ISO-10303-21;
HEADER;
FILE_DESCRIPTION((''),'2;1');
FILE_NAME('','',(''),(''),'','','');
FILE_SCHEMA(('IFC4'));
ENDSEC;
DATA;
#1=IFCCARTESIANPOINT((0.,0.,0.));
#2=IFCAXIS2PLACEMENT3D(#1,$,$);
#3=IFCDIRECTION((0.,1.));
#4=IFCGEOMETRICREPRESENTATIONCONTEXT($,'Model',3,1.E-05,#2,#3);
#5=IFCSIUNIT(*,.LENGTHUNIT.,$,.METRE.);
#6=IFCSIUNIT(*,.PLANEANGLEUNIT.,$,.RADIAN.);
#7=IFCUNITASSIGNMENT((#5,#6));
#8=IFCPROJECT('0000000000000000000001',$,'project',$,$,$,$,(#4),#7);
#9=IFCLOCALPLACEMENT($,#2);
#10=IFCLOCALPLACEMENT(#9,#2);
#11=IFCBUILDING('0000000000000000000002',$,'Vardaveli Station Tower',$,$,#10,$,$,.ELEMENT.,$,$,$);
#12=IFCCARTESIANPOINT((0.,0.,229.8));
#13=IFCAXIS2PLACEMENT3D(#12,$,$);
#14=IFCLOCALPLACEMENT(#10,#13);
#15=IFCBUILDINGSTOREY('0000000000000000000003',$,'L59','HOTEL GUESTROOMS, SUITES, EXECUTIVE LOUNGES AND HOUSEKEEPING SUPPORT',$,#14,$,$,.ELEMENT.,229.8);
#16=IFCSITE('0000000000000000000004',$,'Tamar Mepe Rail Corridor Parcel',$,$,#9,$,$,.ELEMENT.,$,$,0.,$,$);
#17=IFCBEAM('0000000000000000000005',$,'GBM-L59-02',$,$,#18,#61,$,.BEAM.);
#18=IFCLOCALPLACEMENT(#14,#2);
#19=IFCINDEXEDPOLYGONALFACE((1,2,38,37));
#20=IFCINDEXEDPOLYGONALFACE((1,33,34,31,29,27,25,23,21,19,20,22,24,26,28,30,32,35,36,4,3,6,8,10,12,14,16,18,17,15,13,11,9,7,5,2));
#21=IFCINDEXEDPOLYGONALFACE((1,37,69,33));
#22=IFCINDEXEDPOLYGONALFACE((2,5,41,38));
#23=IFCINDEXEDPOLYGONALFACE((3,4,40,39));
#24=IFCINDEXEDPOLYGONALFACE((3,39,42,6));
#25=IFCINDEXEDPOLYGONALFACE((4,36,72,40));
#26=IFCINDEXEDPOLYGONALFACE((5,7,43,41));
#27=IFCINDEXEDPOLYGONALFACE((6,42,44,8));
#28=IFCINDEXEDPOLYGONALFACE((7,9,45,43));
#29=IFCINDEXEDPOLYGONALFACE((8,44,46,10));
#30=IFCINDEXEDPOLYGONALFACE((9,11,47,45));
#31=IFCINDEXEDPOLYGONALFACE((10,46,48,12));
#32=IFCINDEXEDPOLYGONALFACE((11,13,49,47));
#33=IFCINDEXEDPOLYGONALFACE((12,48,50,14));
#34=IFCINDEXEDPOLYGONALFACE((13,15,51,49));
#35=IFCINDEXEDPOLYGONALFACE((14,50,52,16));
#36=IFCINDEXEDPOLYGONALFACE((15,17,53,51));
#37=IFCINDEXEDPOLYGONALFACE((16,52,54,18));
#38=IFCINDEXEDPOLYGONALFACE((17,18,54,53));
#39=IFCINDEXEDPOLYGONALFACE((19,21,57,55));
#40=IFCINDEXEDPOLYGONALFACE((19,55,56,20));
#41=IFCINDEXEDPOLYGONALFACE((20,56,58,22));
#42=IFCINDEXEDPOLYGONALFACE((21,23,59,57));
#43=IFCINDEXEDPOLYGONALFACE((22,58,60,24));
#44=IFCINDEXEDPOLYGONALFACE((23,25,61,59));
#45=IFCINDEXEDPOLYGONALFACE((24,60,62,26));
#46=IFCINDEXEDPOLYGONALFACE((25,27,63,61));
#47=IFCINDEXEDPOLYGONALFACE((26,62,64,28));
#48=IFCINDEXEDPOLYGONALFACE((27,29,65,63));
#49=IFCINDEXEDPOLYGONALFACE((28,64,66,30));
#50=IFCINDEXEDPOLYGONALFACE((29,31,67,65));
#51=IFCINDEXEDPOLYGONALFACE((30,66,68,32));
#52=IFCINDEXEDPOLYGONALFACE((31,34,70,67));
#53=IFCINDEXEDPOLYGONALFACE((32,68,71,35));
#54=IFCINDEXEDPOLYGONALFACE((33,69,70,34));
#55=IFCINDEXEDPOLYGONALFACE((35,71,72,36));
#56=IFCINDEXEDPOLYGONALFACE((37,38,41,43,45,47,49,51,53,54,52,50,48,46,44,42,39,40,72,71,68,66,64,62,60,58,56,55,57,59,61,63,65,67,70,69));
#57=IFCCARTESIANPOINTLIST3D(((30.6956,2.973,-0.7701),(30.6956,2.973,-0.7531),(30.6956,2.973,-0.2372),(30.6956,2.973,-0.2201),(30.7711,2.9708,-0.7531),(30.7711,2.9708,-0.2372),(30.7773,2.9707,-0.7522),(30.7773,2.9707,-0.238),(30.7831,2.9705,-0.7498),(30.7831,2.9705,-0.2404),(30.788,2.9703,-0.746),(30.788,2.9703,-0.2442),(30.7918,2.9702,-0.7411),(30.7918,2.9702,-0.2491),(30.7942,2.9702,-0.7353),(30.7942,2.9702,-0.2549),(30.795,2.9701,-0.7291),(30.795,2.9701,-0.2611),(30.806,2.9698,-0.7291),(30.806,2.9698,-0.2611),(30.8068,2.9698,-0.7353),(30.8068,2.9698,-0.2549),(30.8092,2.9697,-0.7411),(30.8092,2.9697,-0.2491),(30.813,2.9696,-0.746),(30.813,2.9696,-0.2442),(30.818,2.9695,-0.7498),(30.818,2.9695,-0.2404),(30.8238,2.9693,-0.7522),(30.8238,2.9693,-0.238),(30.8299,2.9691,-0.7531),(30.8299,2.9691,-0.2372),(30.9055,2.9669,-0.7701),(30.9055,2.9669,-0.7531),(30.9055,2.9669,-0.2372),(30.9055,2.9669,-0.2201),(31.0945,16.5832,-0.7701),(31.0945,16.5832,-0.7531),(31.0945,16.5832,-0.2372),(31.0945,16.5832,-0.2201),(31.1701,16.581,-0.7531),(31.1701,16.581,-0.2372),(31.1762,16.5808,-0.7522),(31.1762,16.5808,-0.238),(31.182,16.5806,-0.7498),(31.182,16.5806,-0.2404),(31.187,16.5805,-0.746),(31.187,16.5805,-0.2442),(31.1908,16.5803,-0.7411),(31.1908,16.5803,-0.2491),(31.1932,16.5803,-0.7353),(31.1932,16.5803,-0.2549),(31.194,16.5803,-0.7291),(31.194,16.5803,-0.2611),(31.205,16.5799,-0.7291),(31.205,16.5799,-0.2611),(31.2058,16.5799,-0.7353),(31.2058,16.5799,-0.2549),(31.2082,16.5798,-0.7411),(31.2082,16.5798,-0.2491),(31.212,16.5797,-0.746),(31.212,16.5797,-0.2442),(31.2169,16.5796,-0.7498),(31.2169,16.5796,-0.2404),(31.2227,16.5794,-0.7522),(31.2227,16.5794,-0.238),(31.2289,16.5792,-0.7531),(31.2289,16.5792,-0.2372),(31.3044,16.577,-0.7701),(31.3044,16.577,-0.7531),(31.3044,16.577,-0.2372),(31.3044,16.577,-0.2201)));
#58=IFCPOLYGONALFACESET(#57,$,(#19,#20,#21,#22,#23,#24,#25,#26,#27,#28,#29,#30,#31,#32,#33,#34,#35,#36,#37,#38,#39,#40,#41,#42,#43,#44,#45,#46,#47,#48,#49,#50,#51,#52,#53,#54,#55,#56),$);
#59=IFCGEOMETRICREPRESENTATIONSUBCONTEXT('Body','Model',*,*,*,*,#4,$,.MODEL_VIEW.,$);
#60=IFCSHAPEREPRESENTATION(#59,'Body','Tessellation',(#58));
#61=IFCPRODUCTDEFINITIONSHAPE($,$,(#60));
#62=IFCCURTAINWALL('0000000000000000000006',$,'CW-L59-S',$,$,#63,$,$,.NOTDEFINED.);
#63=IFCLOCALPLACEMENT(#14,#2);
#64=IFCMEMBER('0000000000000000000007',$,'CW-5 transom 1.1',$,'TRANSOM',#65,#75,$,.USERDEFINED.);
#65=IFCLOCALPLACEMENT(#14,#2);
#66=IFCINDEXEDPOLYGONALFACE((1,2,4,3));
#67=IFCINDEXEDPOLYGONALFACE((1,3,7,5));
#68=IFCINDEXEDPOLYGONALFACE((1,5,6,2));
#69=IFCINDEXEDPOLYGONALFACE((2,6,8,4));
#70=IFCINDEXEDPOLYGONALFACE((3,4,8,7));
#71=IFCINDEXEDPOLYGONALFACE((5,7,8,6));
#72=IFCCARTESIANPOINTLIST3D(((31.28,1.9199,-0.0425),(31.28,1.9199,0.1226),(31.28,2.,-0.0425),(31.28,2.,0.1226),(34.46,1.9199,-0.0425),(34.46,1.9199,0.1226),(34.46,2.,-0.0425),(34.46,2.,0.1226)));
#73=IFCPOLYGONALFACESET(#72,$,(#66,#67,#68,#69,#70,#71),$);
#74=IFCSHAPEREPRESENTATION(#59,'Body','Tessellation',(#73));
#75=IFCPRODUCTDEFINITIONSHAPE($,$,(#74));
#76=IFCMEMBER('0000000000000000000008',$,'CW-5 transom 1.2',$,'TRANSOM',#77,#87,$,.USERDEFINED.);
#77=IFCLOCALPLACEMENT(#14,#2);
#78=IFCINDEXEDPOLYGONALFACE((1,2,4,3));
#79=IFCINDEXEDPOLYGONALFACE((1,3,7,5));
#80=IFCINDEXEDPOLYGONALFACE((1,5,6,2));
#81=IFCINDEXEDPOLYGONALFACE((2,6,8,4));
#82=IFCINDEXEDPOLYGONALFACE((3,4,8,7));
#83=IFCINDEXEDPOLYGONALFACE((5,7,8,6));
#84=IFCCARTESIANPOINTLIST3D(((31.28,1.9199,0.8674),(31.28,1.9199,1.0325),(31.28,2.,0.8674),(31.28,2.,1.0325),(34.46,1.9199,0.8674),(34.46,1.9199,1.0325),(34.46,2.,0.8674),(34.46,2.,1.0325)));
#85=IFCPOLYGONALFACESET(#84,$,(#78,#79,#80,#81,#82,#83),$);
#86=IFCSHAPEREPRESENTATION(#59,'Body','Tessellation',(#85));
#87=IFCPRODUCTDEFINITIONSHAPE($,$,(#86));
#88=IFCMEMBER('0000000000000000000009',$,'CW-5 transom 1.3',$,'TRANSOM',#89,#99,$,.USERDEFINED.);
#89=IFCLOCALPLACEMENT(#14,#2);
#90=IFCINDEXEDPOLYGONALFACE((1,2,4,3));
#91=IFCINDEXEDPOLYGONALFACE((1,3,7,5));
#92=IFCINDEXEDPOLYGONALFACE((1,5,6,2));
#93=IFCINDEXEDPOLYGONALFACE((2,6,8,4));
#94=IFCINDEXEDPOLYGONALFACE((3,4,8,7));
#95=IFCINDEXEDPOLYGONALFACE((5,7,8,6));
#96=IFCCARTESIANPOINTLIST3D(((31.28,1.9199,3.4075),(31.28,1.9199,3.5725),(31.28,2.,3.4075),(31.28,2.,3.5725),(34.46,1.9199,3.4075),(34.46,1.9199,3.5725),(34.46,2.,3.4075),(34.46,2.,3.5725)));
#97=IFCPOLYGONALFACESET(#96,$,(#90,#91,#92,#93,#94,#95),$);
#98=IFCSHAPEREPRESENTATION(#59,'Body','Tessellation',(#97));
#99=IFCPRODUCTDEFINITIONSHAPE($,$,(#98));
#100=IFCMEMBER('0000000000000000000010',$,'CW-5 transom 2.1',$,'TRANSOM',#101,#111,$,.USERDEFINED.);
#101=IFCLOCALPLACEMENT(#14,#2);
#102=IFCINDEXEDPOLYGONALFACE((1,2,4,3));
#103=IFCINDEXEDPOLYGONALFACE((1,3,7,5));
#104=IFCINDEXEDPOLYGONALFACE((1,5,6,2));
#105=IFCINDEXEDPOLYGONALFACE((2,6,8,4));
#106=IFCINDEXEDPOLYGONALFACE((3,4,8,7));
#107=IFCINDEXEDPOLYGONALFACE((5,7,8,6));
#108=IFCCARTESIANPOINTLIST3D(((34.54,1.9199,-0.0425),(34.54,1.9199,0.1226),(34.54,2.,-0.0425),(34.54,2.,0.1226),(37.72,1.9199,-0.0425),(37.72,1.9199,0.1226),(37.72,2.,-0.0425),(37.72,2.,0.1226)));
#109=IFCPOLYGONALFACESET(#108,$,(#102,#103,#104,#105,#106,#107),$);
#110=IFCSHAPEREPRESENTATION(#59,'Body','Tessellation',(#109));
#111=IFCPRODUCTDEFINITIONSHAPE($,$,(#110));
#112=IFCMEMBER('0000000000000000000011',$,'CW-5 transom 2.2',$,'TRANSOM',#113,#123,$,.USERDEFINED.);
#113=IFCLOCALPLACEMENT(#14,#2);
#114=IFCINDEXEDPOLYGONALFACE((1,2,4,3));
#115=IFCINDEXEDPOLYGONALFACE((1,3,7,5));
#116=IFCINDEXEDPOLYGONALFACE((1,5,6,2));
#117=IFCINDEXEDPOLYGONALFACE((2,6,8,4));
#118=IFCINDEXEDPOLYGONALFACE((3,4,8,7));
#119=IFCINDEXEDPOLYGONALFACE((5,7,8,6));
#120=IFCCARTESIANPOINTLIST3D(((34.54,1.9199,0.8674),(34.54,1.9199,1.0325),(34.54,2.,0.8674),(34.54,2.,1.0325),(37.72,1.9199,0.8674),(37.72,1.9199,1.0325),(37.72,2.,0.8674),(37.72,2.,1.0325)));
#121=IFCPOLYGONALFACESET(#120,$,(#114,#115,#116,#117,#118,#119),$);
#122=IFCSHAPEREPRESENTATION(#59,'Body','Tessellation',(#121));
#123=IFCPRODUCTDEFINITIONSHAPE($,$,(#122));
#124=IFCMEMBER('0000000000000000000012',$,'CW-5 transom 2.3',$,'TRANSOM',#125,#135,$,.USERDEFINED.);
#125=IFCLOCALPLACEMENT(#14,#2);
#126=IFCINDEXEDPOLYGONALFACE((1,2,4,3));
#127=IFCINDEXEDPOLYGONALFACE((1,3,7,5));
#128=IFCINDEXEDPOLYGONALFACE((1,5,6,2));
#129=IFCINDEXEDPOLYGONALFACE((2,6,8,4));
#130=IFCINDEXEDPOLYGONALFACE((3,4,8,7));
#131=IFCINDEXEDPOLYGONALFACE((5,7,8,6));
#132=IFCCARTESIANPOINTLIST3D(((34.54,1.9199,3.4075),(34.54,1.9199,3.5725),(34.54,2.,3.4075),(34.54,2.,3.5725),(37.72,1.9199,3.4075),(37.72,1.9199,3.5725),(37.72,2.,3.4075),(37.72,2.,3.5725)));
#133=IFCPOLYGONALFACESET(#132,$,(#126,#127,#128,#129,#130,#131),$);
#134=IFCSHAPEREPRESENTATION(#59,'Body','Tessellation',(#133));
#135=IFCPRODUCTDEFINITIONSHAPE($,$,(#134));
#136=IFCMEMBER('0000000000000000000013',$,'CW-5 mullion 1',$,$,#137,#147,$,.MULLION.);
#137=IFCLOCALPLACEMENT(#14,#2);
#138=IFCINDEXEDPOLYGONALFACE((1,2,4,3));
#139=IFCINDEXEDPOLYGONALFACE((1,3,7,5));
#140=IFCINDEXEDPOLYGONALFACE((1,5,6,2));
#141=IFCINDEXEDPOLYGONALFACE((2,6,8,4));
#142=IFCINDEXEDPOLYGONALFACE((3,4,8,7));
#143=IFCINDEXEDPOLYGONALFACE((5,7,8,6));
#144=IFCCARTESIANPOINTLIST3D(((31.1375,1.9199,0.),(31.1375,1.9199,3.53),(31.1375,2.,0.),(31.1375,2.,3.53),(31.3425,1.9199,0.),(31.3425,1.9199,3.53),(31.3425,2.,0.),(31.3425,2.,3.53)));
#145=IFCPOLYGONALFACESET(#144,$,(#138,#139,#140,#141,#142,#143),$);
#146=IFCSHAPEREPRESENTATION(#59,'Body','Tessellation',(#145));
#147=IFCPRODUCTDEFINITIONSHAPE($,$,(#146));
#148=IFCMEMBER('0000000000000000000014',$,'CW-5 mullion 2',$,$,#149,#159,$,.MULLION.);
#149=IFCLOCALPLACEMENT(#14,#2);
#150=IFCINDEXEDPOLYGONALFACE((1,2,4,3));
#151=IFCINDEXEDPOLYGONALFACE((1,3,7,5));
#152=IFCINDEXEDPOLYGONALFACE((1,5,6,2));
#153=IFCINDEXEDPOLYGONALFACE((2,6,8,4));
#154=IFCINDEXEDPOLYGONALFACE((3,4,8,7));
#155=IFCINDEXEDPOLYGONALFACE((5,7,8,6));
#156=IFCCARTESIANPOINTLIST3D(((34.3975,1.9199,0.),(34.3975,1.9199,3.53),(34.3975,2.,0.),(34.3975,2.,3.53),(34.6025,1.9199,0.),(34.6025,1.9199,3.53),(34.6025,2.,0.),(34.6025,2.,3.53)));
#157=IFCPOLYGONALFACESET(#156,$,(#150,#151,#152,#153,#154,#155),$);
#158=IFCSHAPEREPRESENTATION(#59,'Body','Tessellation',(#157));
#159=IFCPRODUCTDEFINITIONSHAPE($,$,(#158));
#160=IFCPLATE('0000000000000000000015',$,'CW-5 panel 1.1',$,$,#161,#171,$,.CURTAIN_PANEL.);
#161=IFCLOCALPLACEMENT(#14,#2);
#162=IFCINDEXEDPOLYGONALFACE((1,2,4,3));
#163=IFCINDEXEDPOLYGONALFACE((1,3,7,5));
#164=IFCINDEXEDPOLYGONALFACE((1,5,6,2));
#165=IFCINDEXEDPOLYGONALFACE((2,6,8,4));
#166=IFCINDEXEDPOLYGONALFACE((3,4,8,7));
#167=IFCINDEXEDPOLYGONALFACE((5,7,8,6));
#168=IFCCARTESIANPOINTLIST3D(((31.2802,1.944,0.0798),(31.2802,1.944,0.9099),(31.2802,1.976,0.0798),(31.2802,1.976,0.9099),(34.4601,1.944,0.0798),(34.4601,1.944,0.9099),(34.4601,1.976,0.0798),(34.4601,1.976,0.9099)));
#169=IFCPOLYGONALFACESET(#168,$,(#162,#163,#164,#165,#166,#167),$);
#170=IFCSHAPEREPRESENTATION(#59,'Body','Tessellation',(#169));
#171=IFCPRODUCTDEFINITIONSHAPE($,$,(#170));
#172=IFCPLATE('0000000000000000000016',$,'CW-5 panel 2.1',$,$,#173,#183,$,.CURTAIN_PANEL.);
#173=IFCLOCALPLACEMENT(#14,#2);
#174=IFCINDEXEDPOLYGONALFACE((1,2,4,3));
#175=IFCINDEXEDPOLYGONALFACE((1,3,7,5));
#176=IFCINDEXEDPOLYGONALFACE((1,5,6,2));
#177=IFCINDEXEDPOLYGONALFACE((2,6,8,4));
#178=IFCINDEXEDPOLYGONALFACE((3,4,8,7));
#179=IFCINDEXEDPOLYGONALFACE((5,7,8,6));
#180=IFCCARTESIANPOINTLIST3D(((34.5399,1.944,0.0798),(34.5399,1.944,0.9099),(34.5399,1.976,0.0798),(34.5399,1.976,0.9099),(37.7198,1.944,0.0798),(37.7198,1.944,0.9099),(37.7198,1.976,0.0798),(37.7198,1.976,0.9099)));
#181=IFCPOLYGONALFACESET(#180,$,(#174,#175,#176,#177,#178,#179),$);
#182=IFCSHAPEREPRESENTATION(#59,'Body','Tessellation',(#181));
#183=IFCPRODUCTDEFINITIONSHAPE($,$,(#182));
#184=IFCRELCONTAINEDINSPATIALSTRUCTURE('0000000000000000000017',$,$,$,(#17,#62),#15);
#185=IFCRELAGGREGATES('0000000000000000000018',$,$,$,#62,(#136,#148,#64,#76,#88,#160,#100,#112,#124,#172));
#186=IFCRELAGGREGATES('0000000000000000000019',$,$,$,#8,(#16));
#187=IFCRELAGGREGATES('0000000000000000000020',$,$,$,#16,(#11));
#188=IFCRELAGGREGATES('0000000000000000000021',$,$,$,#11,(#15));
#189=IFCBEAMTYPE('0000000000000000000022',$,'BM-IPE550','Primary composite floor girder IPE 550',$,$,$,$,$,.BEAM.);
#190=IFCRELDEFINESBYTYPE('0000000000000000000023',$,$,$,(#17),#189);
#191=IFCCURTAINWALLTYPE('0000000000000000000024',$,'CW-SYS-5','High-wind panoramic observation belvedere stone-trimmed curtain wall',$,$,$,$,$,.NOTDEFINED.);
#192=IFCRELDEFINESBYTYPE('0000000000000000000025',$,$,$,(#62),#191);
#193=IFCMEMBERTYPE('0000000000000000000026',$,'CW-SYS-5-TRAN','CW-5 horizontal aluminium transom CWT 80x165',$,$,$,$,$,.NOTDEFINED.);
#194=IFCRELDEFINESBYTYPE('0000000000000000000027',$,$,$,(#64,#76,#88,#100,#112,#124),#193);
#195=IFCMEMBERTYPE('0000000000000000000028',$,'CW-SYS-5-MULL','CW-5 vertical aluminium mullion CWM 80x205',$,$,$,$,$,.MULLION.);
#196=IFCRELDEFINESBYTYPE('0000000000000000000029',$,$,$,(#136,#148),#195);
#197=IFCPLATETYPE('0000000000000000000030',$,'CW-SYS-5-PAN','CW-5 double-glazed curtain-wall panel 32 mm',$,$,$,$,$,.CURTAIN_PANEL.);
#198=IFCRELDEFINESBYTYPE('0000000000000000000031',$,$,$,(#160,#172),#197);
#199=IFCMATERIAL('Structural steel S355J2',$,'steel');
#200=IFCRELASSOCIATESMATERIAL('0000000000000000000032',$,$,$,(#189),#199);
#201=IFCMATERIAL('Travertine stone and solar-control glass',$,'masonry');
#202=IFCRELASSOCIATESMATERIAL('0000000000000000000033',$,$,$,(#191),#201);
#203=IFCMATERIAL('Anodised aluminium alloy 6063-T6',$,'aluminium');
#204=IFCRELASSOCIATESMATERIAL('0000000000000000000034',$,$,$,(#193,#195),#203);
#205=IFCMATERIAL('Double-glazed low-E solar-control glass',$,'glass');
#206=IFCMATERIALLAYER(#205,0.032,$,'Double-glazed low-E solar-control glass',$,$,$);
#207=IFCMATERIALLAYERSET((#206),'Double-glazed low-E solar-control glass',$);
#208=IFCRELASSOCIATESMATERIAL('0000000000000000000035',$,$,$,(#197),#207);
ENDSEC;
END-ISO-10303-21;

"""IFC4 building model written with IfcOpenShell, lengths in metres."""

from ifc_helpers import new_model, si_unit, direction, frame, origin, origin_2d, place, context, subcontext, project, spatial, rectangle, i_section, extrude, source, transform, mapped, material, layer, layer_set, material_profile, profile_set, type_object, element, aggregate, save


model = new_model("IFC4")

# Units and contexts
model_context = context("Model", 3, precision=1e-05, world=origin(), true_north=direction((0.0, 1.0)))
body_context = subcontext(model_context, "Body", "Model", "MODEL_VIEW")
ifc_project = project(units=[si_unit("LENGTHUNIT", "METRE"), si_unit("PLANEANGLEUNIT", "RADIAN")], contexts=[model_context])

# Site, building, storey
site_placement = place(None, origin())
site = spatial("IfcSite", under=ifc_project, at=site_placement, Name="Tamar Mepe Rail Corridor Parcel", CompositionType="ELEMENT", RefElevation=0.0)
building_placement = place(site_placement, origin())
building = spatial("IfcBuilding", under=site, at=building_placement, Name="Vardaveli Station Tower", CompositionType="ELEMENT")
storey_placement = place(building_placement, frame((0.0, 0.0, 229.8)))
storey = spatial("IfcBuildingStorey", under=building, at=storey_placement, Name="L59", Description="HOTEL GUESTROOMS, SUITES, EXECUTIVE LOUNGES AND HOUSEKEEPING SUPPORT", CompositionType="ELEMENT", Elevation=229.8)

# Beam
ifc_material_1 = material(Name="Structural steel S355J2", Category="steel")
ifc_material_profile_1 = material_profile(ifc_material_1, i_section(OverallWidth=0.21, OverallDepth=0.55, WebThickness=0.011, FlangeThickness=0.0171, FilletRadius=0.0239, at=origin_2d()), Name="IPE 550")
ifc_profile_set_1 = profile_set([ifc_material_profile_1], Name="Structural steel S355J2")
beam_type_1 = type_object("IfcBeamType", Name="BM-IPE550", Description="Primary composite floor girder IPE 550", PredefinedType="BEAM", material=ifc_profile_set_1)
shared_shape_1 = source(origin(), body_context, "Body", "SweptSolid", [
    extrude(i_section(OverallWidth=0.21, OverallDepth=0.55, WebThickness=0.011, FlangeThickness=0.0171, FilletRadius=0.0239, at=origin_2d()), origin(), (0.0, 0.0, 1.0), 13.616),
])
beam_1_placement = place(storey_placement, frame((30.8005, 2.97, -0.4951), z_axis=(0.029298, 0.999571, 0.0), x_axis=(-0.999571, 0.029298, 0.0)))
element("IfcBeam", 1, at=beam_1_placement, inside=storey, type_object=beam_type_1, Name="GBM-L59-02", PredefinedType="BEAM", context=body_context, shape_type="MappedRepresentation", body=[
    mapped(shared_shape_1, transform((0.0, 0.0, 0.0), scale=1.0)),
])

# Curtain wall, members, plates
ifc_material_2 = material(Name="Travertine stone and solar-control glass", Category="masonry")
curtain_wall_type = type_object("IfcCurtainWallType", Name="CW-SYS-5", Description="High-wind panoramic observation belvedere stone-trimmed curtain wall", PredefinedType="NOTDEFINED", material=ifc_material_2)
curtain_wall_placement = place(storey_placement, origin())
curtain_wall = element("IfcCurtainWall", 2, at=curtain_wall_placement, inside=storey, type_object=curtain_wall_type, Name="CW-L59-S", PredefinedType="NOTDEFINED")
ifc_material_3 = material(Name="Anodised aluminium alloy 6063-T6", Category="aluminium")
ifc_material_profile_2 = material_profile(ifc_material_3, rectangle(XDim=0.0801, YDim=0.165, at=origin_2d()), Name="CWT 80x165")
ifc_profile_set_2 = profile_set([ifc_material_profile_2], Name="Anodised aluminium alloy 6063-T6")
member_type_1 = type_object("IfcMemberType", Name="CW-SYS-5-TRAN", Description="CW-5 horizontal aluminium transom CWT 80x165", PredefinedType="NOTDEFINED", material=ifc_profile_set_2)
shared_shape_2 = source(origin(), body_context, "Body", "SweptSolid", [
    extrude(rectangle(XDim=0.0801, YDim=0.165, at=origin_2d()), origin(), (0.0, 0.0, 1.0), 3.1799),
])
member_1_placement = place(storey_placement, frame((31.28, 1.96, 0.04), z_axis=(1.0, 0.0, 0.0), x_axis=(0.0, 1.0, 0.0)))
member_1 = element("IfcMember", 3, at=member_1_placement, type_object=member_type_1, Name="CW-5 transom 1.1", ObjectType="TRANSOM", PredefinedType="USERDEFINED", context=body_context, shape_type="MappedRepresentation", body=[
    mapped(shared_shape_2, transform((0.0, 0.0, 0.0), scale=1.0)),
])
member_2_placement = place(storey_placement, frame((31.28, 1.96, 0.95), z_axis=(1.0, 0.0, 0.0), x_axis=(0.0, 1.0, 0.0)))
member_2 = element("IfcMember", 4, at=member_2_placement, type_object=member_type_1, Name="CW-5 transom 1.2", ObjectType="TRANSOM", PredefinedType="USERDEFINED", context=body_context, shape_type="MappedRepresentation", body=[
    mapped(shared_shape_2, transform((0.0, 0.0, 0.0), scale=1.0)),
])
member_3_placement = place(storey_placement, frame((31.28, 1.96, 3.49), z_axis=(1.0, 0.0, 0.0), x_axis=(0.0, 1.0, 0.0)))
member_3 = element("IfcMember", 5, at=member_3_placement, type_object=member_type_1, Name="CW-5 transom 1.3", ObjectType="TRANSOM", PredefinedType="USERDEFINED", context=body_context, shape_type="MappedRepresentation", body=[
    mapped(shared_shape_2, transform((0.0, 0.0, 0.0), scale=1.0)),
])
member_4_placement = place(storey_placement, frame((34.54, 1.96, 0.04), z_axis=(1.0, 0.0, 0.0), x_axis=(0.0, 1.0, 0.0)))
member_4 = element("IfcMember", 6, at=member_4_placement, type_object=member_type_1, Name="CW-5 transom 2.1", ObjectType="TRANSOM", PredefinedType="USERDEFINED", context=body_context, shape_type="MappedRepresentation", body=[
    mapped(shared_shape_2, transform((0.0, 0.0, 0.0), scale=1.0)),
])
member_5_placement = place(storey_placement, frame((34.54, 1.96, 0.95), z_axis=(1.0, 0.0, 0.0), x_axis=(0.0, 1.0, 0.0)))
member_5 = element("IfcMember", 7, at=member_5_placement, type_object=member_type_1, Name="CW-5 transom 2.2", ObjectType="TRANSOM", PredefinedType="USERDEFINED", context=body_context, shape_type="MappedRepresentation", body=[
    mapped(shared_shape_2, transform((0.0, 0.0, 0.0), scale=1.0)),
])
member_6_placement = place(storey_placement, frame((34.54, 1.96, 3.49), z_axis=(1.0, 0.0, 0.0), x_axis=(0.0, 1.0, 0.0)))
member_6 = element("IfcMember", 8, at=member_6_placement, type_object=member_type_1, Name="CW-5 transom 2.3", ObjectType="TRANSOM", PredefinedType="USERDEFINED", context=body_context, shape_type="MappedRepresentation", body=[
    mapped(shared_shape_2, transform((0.0, 0.0, 0.0), scale=1.0)),
])
ifc_material_profile_3 = material_profile(ifc_material_3, rectangle(XDim=0.0801, YDim=0.2051, at=origin_2d()), Name="CWM 80x205")
ifc_profile_set_3 = profile_set([ifc_material_profile_3], Name="Anodised aluminium alloy 6063-T6")
member_type_2 = type_object("IfcMemberType", Name="CW-SYS-5-MULL", Description="CW-5 vertical aluminium mullion CWM 80x205", PredefinedType="MULLION", material=ifc_profile_set_3)
shared_shape_3 = source(origin(), body_context, "Body", "SweptSolid", [
    extrude(rectangle(XDim=0.0801, YDim=0.2051, at=origin_2d()), origin(), (0.0, 0.0, 1.0), 3.53),
])
member_7_placement = place(storey_placement, frame((31.24, 1.96, 0.0), z_axis=(0.0, 0.0, 1.0), x_axis=(0.0, 1.0, 0.0)))
member_7 = element("IfcMember", 9, at=member_7_placement, type_object=member_type_2, Name="CW-5 mullion 1", PredefinedType="MULLION", context=body_context, shape_type="MappedRepresentation", body=[
    mapped(shared_shape_3, transform((0.0, 0.0, 0.0), scale=1.0)),
])
member_8_placement = place(storey_placement, frame((34.5, 1.96, 0.0), z_axis=(0.0, 0.0, 1.0), x_axis=(0.0, 1.0, 0.0)))
member_8 = element("IfcMember", 10, at=member_8_placement, type_object=member_type_2, Name="CW-5 mullion 2", PredefinedType="MULLION", context=body_context, shape_type="MappedRepresentation", body=[
    mapped(shared_shape_3, transform((0.0, 0.0, 0.0), scale=1.0)),
])
ifc_material_4 = material(Name="Double-glazed low-E solar-control glass", Category="glass")
ifc_layer_1 = layer(ifc_material_4, 0.032, Name="Double-glazed low-E solar-control glass")
ifc_layer_set_1 = layer_set([ifc_layer_1], Name="Double-glazed low-E solar-control glass")
plate_type = type_object("IfcPlateType", Name="CW-SYS-5-PAN", Description="CW-5 double-glazed curtain-wall panel 32 mm", PredefinedType="CURTAIN_PANEL", material=ifc_layer_set_1)
shared_shape_4 = source(origin(), body_context, "Body", "SweptSolid", [
    extrude(rectangle(XDim=3.1799, YDim=0.032, at=origin_2d()), origin(), (0.0, 0.0, 1.0), 0.8301),
])
plate_1_placement = place(storey_placement, frame((32.8701, 1.96, 0.0798), z_axis=(0.0, 0.0, 1.0), x_axis=(1.0, 0.0, 0.0)))
plate_1 = element("IfcPlate", 11, at=plate_1_placement, type_object=plate_type, Name="CW-5 panel 1.1", PredefinedType="CURTAIN_PANEL", context=body_context, shape_type="MappedRepresentation", body=[
    mapped(shared_shape_4, transform((0.0, 0.0, 0.0), scale=1.0)),
])
plate_2_placement = place(storey_placement, frame((36.1299, 1.96, 0.0798), z_axis=(0.0, 0.0, 1.0), x_axis=(1.0, 0.0, 0.0)))
plate_2 = element("IfcPlate", 12, at=plate_2_placement, type_object=plate_type, Name="CW-5 panel 2.1", PredefinedType="CURTAIN_PANEL", context=body_context, shape_type="MappedRepresentation", body=[
    mapped(shared_shape_4, transform((0.0, 0.0, 0.0), scale=1.0)),
])
aggregate(curtain_wall, [member_7, member_8, member_1, member_2, member_3, plate_1, member_4, member_5, member_6, plate_2])

save(model, "model.ifc")
